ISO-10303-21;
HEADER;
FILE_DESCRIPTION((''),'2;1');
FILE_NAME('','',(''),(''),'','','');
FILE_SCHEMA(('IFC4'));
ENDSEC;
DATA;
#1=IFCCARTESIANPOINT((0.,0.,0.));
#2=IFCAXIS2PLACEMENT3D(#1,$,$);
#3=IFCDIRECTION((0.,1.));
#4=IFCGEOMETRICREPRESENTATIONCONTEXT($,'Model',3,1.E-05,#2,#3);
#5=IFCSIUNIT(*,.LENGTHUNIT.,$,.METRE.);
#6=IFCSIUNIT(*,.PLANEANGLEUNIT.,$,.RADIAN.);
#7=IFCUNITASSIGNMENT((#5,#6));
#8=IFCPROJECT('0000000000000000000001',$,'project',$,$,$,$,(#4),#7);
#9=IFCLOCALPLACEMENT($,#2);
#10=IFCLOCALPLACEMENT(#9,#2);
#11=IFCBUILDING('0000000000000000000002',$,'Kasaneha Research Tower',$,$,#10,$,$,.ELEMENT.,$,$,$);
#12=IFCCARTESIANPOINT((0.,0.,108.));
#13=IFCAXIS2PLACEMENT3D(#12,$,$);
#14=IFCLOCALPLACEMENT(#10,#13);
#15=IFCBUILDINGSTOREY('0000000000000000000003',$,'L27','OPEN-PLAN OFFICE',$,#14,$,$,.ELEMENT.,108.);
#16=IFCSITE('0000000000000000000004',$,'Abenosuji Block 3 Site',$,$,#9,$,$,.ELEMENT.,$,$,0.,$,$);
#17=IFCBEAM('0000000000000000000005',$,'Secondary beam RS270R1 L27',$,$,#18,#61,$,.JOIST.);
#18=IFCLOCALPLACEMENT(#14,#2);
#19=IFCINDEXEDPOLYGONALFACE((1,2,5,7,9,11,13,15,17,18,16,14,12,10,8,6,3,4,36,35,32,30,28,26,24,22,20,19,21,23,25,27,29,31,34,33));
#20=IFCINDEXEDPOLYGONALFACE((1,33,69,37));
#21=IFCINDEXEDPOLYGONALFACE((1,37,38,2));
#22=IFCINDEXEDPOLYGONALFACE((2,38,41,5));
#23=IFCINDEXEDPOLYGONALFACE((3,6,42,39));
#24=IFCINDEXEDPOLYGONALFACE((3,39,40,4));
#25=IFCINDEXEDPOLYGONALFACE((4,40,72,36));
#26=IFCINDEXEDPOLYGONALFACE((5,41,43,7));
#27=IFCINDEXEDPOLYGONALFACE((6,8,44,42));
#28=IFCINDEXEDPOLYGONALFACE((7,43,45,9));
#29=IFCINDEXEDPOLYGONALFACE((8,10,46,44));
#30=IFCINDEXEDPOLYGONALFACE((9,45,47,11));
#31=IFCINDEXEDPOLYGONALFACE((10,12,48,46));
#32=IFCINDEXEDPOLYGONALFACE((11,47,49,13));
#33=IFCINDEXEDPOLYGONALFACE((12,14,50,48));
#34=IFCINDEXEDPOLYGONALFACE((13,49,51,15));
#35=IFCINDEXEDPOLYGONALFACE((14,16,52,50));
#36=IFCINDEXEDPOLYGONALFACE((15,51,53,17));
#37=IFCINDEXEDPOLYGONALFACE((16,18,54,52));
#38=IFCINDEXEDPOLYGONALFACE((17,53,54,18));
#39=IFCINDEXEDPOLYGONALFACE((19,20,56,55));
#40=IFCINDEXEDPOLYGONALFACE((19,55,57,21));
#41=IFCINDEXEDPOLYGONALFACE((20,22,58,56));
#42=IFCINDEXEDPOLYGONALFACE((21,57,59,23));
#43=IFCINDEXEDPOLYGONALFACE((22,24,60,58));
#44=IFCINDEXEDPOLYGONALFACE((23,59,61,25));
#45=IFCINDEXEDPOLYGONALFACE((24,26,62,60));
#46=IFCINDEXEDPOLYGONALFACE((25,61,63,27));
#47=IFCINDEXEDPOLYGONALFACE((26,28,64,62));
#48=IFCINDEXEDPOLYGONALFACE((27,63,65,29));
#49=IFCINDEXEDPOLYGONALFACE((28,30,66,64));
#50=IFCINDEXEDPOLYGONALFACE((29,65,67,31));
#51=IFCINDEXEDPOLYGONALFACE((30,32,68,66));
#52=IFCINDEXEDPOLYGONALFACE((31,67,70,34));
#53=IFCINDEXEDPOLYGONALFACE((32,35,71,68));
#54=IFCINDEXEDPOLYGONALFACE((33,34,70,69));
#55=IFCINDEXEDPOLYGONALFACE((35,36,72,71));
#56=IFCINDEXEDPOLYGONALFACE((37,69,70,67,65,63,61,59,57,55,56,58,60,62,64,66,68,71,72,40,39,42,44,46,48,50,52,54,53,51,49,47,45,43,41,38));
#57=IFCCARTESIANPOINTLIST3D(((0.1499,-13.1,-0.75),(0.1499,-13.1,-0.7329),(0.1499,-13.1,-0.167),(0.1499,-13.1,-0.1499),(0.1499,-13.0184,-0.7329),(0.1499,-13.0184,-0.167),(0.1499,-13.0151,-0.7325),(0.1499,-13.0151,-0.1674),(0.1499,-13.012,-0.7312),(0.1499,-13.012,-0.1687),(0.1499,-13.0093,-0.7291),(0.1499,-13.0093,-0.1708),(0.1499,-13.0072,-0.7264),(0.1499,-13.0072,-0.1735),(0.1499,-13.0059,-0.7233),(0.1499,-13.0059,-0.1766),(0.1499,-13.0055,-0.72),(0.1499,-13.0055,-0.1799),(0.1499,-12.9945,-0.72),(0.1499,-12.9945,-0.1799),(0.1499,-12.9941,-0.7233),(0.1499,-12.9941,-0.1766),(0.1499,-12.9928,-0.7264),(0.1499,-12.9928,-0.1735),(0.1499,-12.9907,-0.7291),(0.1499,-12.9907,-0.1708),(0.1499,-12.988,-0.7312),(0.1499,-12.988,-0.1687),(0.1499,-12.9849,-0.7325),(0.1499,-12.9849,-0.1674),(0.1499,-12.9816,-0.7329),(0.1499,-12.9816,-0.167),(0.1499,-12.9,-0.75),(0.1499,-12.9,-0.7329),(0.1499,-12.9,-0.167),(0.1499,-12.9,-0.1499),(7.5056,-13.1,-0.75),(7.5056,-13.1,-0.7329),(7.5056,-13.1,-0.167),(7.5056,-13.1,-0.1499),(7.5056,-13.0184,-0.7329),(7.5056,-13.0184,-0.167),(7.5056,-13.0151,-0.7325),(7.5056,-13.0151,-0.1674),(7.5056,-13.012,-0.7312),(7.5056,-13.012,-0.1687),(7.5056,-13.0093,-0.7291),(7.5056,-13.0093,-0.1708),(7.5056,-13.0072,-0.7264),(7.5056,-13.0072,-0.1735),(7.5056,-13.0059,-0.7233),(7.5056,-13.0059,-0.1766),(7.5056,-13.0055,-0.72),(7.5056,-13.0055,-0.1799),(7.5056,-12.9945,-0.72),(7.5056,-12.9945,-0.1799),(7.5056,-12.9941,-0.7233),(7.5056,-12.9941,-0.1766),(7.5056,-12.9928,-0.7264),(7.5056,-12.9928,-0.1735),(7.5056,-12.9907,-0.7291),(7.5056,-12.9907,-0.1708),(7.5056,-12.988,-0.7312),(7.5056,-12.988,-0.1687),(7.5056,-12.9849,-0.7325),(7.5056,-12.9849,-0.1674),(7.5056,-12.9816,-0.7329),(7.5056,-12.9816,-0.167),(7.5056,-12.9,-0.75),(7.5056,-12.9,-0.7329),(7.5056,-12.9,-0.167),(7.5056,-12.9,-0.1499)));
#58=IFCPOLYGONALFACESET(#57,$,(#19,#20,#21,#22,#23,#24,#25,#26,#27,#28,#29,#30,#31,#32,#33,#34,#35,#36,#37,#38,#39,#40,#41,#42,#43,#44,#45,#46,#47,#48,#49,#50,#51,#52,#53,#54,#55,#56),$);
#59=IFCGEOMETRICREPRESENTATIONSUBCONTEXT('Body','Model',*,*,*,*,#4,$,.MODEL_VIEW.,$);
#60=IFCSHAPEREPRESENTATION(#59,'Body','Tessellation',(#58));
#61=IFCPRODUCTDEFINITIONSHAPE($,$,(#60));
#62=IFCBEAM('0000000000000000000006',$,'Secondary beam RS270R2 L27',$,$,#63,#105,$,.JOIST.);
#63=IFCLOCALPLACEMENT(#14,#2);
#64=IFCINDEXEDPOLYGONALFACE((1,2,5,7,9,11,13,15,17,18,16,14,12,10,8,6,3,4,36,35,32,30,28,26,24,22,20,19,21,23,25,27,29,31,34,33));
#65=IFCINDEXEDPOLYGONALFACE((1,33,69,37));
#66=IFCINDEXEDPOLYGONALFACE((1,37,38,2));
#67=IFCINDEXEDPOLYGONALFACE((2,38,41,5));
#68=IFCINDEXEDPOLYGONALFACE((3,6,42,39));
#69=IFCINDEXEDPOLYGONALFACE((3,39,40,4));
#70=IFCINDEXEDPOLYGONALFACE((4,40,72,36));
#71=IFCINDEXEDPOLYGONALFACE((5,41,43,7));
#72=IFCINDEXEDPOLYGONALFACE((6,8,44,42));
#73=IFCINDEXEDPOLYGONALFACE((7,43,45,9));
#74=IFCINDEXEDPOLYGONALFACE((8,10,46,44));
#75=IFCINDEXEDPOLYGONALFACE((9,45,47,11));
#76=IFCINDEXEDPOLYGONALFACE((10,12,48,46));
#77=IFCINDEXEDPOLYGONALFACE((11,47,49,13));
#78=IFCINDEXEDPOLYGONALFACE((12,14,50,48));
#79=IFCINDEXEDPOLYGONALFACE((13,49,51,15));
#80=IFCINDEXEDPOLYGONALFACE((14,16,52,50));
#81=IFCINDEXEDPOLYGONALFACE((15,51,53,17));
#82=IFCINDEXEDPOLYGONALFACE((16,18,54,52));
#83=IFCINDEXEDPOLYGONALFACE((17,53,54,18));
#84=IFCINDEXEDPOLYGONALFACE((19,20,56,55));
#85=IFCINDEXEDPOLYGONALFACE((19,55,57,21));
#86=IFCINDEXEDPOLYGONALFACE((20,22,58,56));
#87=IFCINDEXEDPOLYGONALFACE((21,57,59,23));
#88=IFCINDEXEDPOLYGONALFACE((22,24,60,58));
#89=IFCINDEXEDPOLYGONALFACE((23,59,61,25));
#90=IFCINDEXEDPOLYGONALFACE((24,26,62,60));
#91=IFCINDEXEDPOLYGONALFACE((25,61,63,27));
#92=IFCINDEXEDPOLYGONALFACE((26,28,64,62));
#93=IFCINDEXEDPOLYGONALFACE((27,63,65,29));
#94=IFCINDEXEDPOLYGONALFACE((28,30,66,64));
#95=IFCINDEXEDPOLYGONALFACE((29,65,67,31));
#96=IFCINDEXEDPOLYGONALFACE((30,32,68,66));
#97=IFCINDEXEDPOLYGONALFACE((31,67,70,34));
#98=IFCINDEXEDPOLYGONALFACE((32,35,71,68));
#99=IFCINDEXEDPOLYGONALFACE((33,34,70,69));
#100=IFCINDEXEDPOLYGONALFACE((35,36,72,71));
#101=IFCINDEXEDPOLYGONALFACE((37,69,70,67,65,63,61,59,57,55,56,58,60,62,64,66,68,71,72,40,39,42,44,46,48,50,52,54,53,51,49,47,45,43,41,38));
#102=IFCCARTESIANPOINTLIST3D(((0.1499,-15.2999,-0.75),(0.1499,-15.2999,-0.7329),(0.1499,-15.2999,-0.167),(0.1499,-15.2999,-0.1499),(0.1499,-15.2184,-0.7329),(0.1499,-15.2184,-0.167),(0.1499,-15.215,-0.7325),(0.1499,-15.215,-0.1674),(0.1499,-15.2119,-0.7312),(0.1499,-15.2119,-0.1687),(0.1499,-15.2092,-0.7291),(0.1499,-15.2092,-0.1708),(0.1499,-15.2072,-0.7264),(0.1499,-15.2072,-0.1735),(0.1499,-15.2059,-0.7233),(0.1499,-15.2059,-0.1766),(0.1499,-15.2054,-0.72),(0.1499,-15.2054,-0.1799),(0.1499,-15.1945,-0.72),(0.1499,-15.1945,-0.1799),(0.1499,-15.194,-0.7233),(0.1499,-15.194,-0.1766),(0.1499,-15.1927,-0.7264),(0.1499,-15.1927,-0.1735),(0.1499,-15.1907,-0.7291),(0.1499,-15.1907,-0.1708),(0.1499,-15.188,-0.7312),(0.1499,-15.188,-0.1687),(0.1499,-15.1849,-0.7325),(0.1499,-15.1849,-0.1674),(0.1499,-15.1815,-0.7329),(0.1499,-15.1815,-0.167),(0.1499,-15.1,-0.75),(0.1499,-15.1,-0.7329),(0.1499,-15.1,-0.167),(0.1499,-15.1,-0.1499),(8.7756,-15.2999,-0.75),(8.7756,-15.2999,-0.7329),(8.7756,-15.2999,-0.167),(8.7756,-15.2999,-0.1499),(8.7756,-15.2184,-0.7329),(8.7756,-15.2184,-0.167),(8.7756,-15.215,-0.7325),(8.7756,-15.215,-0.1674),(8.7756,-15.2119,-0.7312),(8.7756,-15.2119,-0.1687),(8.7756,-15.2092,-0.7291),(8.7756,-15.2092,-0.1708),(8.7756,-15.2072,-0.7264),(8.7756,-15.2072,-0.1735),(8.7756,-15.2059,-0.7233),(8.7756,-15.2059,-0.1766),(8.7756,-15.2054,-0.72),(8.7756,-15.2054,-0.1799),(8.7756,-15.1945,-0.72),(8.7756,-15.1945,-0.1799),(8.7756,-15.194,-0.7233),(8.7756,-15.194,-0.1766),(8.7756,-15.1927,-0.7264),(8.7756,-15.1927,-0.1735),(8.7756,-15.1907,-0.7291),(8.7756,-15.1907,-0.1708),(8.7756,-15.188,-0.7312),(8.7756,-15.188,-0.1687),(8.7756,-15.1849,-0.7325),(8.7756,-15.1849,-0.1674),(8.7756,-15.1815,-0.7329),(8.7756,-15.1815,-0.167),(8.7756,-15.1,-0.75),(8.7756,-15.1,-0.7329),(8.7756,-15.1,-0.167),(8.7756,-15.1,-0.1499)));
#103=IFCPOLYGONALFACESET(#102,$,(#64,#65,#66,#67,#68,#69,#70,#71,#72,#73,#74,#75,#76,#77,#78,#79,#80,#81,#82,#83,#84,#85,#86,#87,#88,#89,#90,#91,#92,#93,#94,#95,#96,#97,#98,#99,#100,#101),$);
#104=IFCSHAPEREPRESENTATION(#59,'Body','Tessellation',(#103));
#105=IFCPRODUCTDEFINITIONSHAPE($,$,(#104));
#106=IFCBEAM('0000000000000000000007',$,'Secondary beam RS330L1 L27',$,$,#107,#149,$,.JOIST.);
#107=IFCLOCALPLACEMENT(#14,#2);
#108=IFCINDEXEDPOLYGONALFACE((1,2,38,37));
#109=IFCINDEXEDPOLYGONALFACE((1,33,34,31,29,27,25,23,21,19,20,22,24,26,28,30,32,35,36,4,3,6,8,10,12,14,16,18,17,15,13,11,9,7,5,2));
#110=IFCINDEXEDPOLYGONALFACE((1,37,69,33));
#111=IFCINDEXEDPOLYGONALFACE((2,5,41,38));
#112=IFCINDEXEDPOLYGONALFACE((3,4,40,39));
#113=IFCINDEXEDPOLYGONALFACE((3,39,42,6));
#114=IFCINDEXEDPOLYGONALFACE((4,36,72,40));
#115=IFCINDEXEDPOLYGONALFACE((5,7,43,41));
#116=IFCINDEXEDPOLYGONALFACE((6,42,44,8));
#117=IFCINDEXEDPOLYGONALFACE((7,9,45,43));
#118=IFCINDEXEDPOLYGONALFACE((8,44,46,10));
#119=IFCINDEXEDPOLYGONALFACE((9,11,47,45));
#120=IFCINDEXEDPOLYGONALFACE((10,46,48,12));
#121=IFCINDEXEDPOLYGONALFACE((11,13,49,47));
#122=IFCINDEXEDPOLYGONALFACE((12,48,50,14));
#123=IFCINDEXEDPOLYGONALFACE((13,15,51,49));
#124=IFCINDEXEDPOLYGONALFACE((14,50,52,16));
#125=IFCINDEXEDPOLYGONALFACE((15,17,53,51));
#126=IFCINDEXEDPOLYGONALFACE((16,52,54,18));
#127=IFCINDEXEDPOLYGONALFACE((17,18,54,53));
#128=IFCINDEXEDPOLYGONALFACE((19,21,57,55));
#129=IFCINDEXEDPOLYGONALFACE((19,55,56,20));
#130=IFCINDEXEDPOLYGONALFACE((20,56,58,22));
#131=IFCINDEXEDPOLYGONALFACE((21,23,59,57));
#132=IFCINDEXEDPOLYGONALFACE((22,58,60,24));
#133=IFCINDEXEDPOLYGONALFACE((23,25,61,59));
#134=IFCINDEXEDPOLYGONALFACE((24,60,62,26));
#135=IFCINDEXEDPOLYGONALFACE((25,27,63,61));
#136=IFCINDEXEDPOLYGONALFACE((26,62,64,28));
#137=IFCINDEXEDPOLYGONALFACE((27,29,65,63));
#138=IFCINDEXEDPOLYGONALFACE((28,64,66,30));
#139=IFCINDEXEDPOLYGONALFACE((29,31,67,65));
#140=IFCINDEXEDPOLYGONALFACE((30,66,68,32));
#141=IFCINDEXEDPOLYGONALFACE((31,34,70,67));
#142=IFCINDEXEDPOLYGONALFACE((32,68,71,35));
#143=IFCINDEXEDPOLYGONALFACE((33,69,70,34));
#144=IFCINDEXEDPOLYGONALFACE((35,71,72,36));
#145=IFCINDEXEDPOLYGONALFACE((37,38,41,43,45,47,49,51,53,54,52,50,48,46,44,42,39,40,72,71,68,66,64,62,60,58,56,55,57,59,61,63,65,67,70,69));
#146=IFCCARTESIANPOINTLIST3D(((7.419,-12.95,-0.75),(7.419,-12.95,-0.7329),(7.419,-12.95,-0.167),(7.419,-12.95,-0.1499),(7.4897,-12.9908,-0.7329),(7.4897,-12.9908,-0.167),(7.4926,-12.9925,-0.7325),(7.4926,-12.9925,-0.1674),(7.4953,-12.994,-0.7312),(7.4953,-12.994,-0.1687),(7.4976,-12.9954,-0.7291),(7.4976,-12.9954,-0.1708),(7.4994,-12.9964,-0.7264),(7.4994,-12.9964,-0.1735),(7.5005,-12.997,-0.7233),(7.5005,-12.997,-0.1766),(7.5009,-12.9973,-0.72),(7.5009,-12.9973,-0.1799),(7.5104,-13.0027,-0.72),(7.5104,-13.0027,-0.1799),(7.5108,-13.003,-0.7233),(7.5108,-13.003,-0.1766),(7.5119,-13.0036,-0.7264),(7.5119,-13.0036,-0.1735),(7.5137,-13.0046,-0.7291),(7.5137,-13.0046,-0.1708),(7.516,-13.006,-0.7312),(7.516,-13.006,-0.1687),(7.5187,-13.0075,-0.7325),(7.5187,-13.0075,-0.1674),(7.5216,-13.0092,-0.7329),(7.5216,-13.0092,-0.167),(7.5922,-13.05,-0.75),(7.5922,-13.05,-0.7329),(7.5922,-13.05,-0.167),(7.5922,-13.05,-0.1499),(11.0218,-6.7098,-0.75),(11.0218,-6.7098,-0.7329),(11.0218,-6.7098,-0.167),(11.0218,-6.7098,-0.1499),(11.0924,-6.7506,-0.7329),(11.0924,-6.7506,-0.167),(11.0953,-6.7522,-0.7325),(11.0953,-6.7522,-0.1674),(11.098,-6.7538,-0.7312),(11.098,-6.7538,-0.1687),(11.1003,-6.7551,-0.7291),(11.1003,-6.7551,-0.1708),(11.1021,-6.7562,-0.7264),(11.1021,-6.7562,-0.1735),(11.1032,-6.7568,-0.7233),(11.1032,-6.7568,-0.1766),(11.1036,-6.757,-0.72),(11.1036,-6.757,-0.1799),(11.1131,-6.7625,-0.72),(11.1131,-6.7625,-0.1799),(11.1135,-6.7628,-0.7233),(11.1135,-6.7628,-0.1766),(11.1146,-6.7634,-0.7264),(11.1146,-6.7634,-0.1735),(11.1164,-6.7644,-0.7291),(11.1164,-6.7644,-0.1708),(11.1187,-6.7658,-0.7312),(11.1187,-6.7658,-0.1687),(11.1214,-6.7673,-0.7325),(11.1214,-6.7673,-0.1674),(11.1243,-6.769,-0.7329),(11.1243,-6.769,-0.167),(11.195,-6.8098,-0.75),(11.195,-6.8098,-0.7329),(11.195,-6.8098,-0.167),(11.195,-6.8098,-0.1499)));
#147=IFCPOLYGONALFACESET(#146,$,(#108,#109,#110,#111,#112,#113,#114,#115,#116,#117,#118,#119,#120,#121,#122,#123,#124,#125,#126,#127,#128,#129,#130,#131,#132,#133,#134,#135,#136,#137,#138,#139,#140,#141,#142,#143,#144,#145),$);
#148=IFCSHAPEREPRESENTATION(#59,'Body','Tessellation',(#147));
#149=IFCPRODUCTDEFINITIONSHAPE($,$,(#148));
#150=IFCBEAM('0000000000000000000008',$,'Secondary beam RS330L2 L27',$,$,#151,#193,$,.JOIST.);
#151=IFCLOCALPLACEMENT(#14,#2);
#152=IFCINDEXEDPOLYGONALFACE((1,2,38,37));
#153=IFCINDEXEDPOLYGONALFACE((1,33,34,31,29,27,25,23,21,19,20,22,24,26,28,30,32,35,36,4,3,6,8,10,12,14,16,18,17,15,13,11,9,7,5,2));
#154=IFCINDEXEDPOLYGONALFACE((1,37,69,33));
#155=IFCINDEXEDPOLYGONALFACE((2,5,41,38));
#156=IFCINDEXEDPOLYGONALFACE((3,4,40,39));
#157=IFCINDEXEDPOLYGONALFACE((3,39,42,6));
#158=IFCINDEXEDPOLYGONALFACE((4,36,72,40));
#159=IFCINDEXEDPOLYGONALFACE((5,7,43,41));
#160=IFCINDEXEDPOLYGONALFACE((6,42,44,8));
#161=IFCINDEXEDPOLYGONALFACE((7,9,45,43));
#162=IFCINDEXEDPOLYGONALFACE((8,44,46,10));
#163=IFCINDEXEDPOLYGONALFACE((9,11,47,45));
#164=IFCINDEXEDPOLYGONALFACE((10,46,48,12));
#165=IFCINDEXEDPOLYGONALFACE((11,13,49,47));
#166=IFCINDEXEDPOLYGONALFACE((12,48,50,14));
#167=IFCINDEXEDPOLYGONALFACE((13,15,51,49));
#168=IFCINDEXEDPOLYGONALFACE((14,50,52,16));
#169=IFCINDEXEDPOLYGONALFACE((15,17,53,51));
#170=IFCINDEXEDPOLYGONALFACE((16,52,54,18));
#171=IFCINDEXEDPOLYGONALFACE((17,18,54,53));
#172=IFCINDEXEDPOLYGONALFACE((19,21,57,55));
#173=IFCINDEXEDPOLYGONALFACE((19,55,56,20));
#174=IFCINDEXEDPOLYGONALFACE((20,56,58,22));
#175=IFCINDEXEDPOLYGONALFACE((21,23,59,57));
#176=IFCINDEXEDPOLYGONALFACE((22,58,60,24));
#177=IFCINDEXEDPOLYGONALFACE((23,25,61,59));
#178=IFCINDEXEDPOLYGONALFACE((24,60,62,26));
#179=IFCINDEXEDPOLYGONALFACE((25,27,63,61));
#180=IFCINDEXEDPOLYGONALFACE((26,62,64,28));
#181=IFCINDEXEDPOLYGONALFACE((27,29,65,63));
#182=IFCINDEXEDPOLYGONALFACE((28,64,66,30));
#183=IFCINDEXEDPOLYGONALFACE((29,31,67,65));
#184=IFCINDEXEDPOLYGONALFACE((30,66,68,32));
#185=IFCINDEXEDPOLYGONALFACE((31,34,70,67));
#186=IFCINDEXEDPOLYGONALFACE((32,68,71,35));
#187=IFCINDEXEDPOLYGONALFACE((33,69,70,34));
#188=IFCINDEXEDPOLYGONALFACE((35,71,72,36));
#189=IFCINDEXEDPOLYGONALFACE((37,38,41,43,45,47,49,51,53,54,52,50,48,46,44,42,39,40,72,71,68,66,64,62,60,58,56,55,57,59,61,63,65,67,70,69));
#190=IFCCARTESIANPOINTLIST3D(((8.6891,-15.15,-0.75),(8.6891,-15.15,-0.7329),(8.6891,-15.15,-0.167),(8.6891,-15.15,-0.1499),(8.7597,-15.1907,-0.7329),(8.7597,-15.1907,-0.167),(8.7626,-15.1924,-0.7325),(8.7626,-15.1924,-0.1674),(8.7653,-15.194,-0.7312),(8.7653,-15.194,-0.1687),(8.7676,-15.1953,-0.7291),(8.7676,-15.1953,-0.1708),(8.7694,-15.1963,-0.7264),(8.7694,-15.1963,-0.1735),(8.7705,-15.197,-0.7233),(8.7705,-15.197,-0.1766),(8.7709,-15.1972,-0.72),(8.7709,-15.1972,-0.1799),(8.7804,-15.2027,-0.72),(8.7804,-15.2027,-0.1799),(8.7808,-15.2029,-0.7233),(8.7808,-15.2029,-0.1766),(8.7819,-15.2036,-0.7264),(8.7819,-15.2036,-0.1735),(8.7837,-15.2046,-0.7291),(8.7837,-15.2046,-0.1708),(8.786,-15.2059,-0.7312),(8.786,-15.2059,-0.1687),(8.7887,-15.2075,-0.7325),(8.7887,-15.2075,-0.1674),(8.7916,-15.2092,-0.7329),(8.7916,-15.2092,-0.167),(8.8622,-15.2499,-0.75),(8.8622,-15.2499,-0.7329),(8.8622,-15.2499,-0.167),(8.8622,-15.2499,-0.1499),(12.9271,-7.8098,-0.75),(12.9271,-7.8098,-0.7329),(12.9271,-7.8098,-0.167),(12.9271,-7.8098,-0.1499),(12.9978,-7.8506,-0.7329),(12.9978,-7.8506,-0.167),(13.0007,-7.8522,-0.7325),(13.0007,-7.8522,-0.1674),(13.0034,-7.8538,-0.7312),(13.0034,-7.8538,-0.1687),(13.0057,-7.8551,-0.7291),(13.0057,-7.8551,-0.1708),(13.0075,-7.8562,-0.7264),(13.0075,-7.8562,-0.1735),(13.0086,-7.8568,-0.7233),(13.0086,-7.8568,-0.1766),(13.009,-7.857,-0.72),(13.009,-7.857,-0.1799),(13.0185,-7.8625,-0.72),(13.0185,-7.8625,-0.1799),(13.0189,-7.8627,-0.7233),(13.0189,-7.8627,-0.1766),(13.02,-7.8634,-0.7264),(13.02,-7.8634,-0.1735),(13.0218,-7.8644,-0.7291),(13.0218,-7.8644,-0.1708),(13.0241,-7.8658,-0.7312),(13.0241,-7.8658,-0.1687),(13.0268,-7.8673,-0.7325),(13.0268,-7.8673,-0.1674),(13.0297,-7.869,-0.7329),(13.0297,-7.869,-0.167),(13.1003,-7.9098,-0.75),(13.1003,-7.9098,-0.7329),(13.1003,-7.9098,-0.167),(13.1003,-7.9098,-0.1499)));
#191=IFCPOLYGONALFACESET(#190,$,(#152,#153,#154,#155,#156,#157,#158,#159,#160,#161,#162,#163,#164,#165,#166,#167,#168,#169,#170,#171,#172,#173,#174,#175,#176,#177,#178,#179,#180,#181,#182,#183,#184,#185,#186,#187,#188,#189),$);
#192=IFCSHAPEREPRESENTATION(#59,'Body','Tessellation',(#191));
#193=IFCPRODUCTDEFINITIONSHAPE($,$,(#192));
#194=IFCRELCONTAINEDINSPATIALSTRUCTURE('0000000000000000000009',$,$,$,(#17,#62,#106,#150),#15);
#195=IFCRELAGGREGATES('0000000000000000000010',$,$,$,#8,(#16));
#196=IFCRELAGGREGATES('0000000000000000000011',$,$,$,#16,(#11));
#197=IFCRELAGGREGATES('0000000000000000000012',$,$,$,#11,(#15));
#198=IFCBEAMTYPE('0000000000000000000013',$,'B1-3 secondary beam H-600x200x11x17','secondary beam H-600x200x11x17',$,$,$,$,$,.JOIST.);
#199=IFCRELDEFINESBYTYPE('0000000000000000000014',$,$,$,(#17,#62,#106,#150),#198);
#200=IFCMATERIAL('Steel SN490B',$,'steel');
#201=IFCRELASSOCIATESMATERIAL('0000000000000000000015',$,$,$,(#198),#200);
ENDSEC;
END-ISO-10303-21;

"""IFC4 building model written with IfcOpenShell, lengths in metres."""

from ifc_helpers import new_model, si_unit, direction, frame, origin, origin_2d, place, context, subcontext, project, spatial, i_section, extrude, material, material_profile, profile_set, type_object, element, save


model = new_model("IFC4")

# Units and contexts
model_context = context("Model", 3, precision=1e-05, world=origin(), true_north=direction((0.0, 1.0)))
body_context = subcontext(model_context, "Body", "Model", "MODEL_VIEW")
ifc_project = project(units=[si_unit("LENGTHUNIT", "METRE"), si_unit("PLANEANGLEUNIT", "RADIAN")], contexts=[model_context])

# Site, building, storey
site_placement = place(None, origin())
site = spatial("IfcSite", under=ifc_project, at=site_placement, Name="Abenosuji Block 3 Site", CompositionType="ELEMENT", RefElevation=0.0)
building_placement = place(site_placement, origin())
building = spatial("IfcBuilding", under=site, at=building_placement, Name="Kasaneha Research Tower", CompositionType="ELEMENT")
storey_placement = place(building_placement, frame((0.0, 0.0, 108.0)))
storey = spatial("IfcBuildingStorey", under=building, at=storey_placement, Name="L27", Description="OPEN-PLAN OFFICE", CompositionType="ELEMENT", Elevation=108.0)

# Beams
ifc_material_1 = material(Name="Steel SN490B", Category="steel")
ifc_material_profile_1 = material_profile(ifc_material_1, i_section(OverallWidth=0.2, OverallDepth=0.6001, WebThickness=0.011, FlangeThickness=0.0171, FilletRadius=0.0129, at=origin_2d()), Name="H-600x200x11x17")
ifc_profile_set_1 = profile_set([ifc_material_profile_1], Name="Steel SN490B")
beam_type_1 = type_object("IfcBeamType", Name="B1-3 secondary beam H-600x200x11x17", Description="secondary beam H-600x200x11x17", PredefinedType="JOIST", material=ifc_profile_set_1)
beam_1_placement = place(storey_placement, frame((7.5056, -13.0, -0.45), z_axis=(-1.0, 0.0, 0.0), x_axis=(0.0, -1.0, 0.0)))
element("IfcBeam", 1, at=beam_1_placement, inside=storey, type_object=beam_type_1, Name="Secondary beam RS270R1 L27", PredefinedType="JOIST", context=body_context, shape_type="SweptSolid", body=[
    extrude(i_section(OverallWidth=0.2, OverallDepth=0.6001, WebThickness=0.011, FlangeThickness=0.0171, FilletRadius=0.0129, at=origin_2d()), origin(), (0.0, 0.0, 1.0), 7.3557),
])
beam_2_placement = place(storey_placement, frame((8.7756, -15.2, -0.45), z_axis=(-1.0, 0.0, 0.0), x_axis=(0.0, -1.0, 0.0)))
element("IfcBeam", 2, at=beam_2_placement, inside=storey, type_object=beam_type_1, Name="Secondary beam RS270R2 L27", PredefinedType="JOIST", context=body_context, shape_type="SweptSolid", body=[
    extrude(i_section(OverallWidth=0.2, OverallDepth=0.6001, WebThickness=0.011, FlangeThickness=0.0171, FilletRadius=0.0129, at=origin_2d()), origin(), (0.0, 0.0, 1.0), 8.6257),
])
beam_3_placement = place(storey_placement, frame((7.5056, -13.0, -0.45), z_axis=(0.499998, 0.866026, 0.0), x_axis=(-0.866026, 0.499998, 0.0)))
element("IfcBeam", 3, at=beam_3_placement, inside=storey, type_object=beam_type_1, Name="Secondary beam RS330L1 L27", PredefinedType="JOIST", context=body_context, shape_type="SweptSolid", body=[
    extrude(i_section(OverallWidth=0.2, OverallDepth=0.6001, WebThickness=0.011, FlangeThickness=0.0171, FilletRadius=0.0129, at=origin_2d()), origin(), (0.0, 0.0, 1.0), 7.2056),
])
beam_4_placement = place(storey_placement, frame((8.7756, -15.2, -0.45), z_axis=(0.500021, 0.866013, 0.0), x_axis=(-0.866013, 0.500021, 0.0)))
element("IfcBeam", 4, at=beam_4_placement, inside=storey, type_object=beam_type_1, Name="Secondary beam RS330L2 L27", PredefinedType="JOIST", context=body_context, shape_type="SweptSolid", body=[
    extrude(i_section(OverallWidth=0.2, OverallDepth=0.6001, WebThickness=0.011, FlangeThickness=0.0171, FilletRadius=0.0129, at=origin_2d()), origin(), (0.0, 0.0, 1.0), 8.4758),
])

save(model, "model.ifc")
